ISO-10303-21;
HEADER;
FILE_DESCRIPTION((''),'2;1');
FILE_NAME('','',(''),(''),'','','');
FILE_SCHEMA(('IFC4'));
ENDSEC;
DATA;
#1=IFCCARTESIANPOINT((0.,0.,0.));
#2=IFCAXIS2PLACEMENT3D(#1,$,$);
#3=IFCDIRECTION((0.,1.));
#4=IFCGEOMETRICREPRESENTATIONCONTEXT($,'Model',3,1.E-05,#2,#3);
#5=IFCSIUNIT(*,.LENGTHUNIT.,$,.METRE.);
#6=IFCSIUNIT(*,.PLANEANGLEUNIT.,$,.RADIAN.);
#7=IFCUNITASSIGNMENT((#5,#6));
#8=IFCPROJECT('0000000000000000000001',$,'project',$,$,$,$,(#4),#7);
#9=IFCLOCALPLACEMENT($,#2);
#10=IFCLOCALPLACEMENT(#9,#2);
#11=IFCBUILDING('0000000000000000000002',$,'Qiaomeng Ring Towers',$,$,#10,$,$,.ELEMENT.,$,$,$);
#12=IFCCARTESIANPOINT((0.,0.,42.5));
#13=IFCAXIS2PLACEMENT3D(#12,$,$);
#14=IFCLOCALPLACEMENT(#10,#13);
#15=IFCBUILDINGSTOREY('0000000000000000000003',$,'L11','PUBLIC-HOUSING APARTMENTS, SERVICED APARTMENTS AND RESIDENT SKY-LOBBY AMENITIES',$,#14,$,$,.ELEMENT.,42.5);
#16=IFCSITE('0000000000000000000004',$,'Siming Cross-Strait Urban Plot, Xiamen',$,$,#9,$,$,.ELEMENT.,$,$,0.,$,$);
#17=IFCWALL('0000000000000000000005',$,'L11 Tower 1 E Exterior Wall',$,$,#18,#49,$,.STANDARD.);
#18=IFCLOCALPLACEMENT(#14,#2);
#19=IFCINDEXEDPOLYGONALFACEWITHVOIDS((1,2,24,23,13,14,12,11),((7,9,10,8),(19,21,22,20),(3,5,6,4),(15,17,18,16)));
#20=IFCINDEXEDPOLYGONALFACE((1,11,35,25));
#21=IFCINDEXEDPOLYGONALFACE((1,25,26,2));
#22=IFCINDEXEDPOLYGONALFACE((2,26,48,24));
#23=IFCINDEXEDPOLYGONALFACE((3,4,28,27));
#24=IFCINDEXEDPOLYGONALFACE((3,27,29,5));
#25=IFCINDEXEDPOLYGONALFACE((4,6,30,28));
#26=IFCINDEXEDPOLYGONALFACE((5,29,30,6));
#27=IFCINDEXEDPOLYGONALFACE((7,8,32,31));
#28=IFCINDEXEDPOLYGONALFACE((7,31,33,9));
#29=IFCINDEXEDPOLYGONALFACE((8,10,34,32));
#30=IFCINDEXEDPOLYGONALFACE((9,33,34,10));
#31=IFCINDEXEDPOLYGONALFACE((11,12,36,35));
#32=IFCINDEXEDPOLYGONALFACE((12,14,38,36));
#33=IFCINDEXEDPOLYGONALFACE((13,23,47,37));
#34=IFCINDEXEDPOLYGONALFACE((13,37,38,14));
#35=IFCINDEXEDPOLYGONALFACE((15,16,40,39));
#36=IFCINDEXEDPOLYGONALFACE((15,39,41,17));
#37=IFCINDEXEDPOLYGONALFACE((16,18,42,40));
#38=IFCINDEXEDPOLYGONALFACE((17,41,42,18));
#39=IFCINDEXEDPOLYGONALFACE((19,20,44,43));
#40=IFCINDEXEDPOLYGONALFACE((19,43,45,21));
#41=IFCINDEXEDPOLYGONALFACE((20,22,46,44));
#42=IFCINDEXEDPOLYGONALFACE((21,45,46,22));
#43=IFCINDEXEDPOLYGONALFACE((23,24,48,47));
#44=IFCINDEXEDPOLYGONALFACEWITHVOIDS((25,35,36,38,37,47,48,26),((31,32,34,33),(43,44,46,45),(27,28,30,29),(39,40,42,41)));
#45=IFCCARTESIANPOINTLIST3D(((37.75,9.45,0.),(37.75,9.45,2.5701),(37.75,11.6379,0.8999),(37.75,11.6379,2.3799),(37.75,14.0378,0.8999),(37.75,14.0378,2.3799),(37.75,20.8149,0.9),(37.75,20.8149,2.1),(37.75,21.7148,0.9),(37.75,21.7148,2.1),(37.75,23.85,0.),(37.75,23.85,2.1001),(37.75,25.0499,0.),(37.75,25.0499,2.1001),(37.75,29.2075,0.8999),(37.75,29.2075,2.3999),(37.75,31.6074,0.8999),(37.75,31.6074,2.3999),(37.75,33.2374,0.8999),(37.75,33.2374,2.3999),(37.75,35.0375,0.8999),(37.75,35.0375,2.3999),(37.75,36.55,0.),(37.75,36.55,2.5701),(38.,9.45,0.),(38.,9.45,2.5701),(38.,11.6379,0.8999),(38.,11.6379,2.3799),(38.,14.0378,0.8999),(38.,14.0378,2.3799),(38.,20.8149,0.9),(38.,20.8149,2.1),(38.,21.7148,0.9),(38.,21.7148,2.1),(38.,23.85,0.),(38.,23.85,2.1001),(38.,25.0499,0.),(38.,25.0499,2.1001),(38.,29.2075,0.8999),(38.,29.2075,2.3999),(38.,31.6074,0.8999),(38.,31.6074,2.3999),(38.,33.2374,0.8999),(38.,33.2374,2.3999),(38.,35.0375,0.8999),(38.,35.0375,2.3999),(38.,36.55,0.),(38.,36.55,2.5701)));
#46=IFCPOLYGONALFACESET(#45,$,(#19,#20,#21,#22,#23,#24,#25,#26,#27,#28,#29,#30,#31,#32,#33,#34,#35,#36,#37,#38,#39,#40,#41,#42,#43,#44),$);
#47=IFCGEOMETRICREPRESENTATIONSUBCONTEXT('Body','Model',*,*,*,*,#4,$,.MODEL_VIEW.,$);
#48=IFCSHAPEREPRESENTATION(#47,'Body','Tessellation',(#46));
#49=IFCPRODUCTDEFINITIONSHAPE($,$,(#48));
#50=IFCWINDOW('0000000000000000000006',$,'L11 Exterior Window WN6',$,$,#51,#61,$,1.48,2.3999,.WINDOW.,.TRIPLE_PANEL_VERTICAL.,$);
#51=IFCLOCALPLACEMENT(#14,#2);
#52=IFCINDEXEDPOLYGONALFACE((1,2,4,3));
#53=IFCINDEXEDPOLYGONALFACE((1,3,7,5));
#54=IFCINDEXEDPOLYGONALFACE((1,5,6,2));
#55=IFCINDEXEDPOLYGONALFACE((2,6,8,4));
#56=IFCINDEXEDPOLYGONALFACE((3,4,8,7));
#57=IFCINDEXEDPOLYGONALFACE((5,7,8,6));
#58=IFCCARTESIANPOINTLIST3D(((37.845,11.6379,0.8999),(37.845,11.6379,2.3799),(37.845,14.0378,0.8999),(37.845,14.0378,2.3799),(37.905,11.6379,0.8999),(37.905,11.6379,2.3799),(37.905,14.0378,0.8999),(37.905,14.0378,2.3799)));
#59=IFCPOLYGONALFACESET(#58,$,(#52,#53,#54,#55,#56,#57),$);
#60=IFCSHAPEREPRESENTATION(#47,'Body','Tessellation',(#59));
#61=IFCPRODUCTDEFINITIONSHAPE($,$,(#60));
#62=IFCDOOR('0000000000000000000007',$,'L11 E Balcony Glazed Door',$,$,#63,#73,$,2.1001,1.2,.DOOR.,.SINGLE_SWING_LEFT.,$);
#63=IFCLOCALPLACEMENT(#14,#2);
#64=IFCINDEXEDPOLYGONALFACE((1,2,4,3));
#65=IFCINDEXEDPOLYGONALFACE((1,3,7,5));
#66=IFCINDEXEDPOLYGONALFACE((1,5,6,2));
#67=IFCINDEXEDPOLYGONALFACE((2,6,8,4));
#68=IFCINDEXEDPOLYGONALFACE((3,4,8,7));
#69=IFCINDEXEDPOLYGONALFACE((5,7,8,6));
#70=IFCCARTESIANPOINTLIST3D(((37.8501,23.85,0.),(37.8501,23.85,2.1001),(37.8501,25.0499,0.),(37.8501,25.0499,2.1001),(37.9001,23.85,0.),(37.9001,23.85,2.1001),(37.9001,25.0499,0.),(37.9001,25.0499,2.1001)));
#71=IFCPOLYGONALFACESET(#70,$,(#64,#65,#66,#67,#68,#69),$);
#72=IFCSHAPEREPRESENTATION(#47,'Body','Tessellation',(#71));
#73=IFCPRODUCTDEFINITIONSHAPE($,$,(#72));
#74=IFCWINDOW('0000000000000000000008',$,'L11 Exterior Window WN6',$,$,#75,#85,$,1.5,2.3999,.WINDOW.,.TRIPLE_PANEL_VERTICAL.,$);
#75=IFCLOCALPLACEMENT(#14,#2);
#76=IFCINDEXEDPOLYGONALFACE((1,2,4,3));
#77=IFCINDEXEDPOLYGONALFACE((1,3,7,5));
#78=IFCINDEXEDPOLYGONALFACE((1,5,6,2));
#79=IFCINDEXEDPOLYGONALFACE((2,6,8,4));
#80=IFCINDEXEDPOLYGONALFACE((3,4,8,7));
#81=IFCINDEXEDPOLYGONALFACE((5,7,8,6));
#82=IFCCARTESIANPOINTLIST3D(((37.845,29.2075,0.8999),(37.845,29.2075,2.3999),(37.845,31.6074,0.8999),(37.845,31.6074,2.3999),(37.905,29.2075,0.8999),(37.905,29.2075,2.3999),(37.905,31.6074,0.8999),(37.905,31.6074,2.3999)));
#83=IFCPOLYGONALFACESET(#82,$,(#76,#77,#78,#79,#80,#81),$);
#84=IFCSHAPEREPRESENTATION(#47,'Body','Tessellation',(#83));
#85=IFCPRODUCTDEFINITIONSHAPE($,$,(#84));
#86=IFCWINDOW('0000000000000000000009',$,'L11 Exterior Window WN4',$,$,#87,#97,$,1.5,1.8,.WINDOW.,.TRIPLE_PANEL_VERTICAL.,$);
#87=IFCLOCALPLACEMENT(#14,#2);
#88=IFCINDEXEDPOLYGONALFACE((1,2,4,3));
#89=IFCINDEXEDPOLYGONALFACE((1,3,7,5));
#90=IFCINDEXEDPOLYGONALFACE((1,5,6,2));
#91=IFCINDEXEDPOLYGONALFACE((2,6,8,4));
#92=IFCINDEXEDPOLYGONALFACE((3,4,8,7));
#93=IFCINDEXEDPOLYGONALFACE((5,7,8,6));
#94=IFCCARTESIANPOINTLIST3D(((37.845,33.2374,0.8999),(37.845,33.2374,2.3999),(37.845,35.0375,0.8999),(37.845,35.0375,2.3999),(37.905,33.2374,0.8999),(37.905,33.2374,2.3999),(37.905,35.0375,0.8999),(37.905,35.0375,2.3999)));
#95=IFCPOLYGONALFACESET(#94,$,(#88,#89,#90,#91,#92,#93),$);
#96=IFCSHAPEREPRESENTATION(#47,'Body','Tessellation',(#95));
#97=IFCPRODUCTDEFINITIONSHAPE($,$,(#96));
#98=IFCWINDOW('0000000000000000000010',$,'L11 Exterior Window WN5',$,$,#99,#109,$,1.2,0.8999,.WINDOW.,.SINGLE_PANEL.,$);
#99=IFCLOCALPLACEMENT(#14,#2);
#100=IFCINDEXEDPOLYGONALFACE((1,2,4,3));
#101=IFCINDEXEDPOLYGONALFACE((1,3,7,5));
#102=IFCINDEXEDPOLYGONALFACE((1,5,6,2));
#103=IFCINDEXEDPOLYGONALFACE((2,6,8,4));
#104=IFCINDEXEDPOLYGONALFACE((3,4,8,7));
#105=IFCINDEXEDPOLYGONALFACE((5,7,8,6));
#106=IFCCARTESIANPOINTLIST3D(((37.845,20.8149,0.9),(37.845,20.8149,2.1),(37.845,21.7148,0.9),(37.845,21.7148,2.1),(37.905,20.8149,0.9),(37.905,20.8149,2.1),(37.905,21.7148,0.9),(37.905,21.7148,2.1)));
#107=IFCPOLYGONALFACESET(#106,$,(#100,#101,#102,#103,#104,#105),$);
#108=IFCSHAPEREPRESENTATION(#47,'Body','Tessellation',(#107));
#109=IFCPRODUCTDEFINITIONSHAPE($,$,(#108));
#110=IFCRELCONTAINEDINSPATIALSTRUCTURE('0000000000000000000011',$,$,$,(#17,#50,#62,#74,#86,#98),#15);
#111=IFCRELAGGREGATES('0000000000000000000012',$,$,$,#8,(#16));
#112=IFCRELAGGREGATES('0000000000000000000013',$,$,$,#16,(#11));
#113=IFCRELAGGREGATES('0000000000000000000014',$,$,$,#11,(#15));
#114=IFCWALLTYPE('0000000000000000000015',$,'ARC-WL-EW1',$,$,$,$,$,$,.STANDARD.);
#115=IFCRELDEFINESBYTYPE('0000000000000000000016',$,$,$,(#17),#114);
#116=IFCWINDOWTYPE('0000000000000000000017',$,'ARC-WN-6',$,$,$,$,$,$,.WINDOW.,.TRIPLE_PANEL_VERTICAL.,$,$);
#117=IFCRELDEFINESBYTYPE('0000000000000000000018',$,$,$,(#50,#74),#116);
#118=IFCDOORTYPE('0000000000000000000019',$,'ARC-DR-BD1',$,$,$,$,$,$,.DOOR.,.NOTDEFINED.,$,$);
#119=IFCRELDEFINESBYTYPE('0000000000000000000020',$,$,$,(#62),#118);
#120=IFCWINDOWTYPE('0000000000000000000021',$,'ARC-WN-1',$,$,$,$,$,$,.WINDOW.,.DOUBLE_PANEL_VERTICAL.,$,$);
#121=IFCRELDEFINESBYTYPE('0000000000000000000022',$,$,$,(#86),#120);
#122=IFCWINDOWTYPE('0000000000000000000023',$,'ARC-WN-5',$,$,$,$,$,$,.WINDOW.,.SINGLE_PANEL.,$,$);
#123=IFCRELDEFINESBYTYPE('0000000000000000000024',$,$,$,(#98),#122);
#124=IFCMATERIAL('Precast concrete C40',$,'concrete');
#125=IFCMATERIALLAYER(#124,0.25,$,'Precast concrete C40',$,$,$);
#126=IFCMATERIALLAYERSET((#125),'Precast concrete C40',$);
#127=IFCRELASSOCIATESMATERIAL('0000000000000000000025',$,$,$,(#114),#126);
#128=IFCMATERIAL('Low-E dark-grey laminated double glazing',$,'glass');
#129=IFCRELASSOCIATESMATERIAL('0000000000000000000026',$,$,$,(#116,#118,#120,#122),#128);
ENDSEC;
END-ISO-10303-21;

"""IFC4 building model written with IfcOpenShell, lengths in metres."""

from ifc_helpers import new_model, si_unit, direction, frame, frame_2d, origin, place, context, subcontext, project, spatial, rectangle, extrude, source, transform, mapped, material, layer, layer_set, type_object, element, fill, save


model = new_model("IFC4")

# Units and contexts
model_context = context("Model", 3, precision=1e-05, world=origin(), true_north=direction((0.0, 1.0)))
body_context = subcontext(model_context, "Body", "Model", "MODEL_VIEW")
ifc_project = project(units=[si_unit("LENGTHUNIT", "METRE"), si_unit("PLANEANGLEUNIT", "RADIAN")], contexts=[model_context])

# Site, building, storey
site_placement = place(None, origin())
site = spatial("IfcSite", under=ifc_project, at=site_placement, Name="Siming Cross-Strait Urban Plot, Xiamen", CompositionType="ELEMENT", RefElevation=0.0)
building_placement = place(site_placement, origin())
building = spatial("IfcBuilding", under=site, at=building_placement, Name="Qiaomeng Ring Towers", CompositionType="ELEMENT")
storey_placement = place(building_placement, frame((0.0, 0.0, 42.5)))
storey = spatial("IfcBuildingStorey", under=building, at=storey_placement, Name="L11", Description="PUBLIC-HOUSING APARTMENTS, SERVICED APARTMENTS AND RESIDENT SKY-LOBBY AMENITIES", CompositionType="ELEMENT", Elevation=42.5)

# Shared definitions
ifc_material_1 = material(Name="Low-E dark-grey laminated double glazing", Category="glass")

# Wall, openings, windows, door
ifc_material_2 = material(Name="Precast concrete C40", Category="concrete")
ifc_layer_1 = layer(ifc_material_2, 0.25, Name="Precast concrete C40")
ifc_layer_set_1 = layer_set([ifc_layer_1], Name="Precast concrete C40")
wall_type_1 = type_object("IfcWallType", Name="ARC-WL-EW1", PredefinedType="STANDARD", material=ifc_layer_set_1)
wall_1_placement = place(storey_placement, frame((37.875, 9.45, 0.0), z_axis=(0.0, 0.0, 1.0), x_axis=(0.0, 1.0, 0.0)))
wall_1 = element("IfcWall", 1, at=wall_1_placement, inside=storey, type_object=wall_type_1, Name="L11 Tower 1 E Exterior Wall", PredefinedType="STANDARD", context=body_context, shape_type="SweptSolid", body=[
    extrude(rectangle(XDim=27.1001, YDim=0.25, at=frame_2d((13.55, 0.0))), origin(), (0.0, 0.0, 1.0), 2.5701),
])
opening_1_placement = place(wall_1_placement, frame((14.3999, 0.0, 0.0)))
opening_1 = element("IfcOpeningElement", 2, at=opening_1_placement, cuts=wall_1, PredefinedType="OPENING", context=body_context, shape_type="SweptSolid", body=[
    extrude(rectangle(XDim=1.2, YDim=2.1001, at=frame_2d((0.6001, 1.05))), frame((0.0, 0.135, 0.0), z_axis=(0.0, -1.0, 0.0), x_axis=(1.0, 0.0, 0.0)), (0.0, 0.0, 1.0), 0.27),
])
opening_2_placement = place(wall_1_placement, frame((2.188, 0.0, 0.8999)))
opening_2 = element("IfcOpeningElement", 3, at=opening_2_placement, cuts=wall_1, PredefinedType="OPENING", context=body_context, shape_type="SweptSolid", body=[
    extrude(rectangle(XDim=2.3999, YDim=1.48, at=frame_2d((1.2, 0.74))), frame((0.0, 0.135, 0.0), z_axis=(0.0, -1.0, 0.0), x_axis=(1.0, 0.0, 0.0)), (0.0, 0.0, 1.0), 0.27),
])
opening_3_placement = place(wall_1_placement, frame((23.7876, 0.0, 0.8999)))
opening_3 = element("IfcOpeningElement", 4, at=opening_3_placement, cuts=wall_1, PredefinedType="OPENING", context=body_context, shape_type="SweptSolid", body=[
    extrude(rectangle(XDim=1.8, YDim=1.5, at=frame_2d((0.8999, 0.75))), frame((0.0, 0.135, 0.0), z_axis=(0.0, -1.0, 0.0), x_axis=(1.0, 0.0, 0.0)), (0.0, 0.0, 1.0), 0.27),
])
opening_4_placement = place(wall_1_placement, frame((19.7576, 0.0, 0.8999)))
opening_4 = element("IfcOpeningElement", 5, at=opening_4_placement, cuts=wall_1, PredefinedType="OPENING", context=body_context, shape_type="SweptSolid", body=[
    extrude(rectangle(XDim=2.3999, YDim=1.5, at=frame_2d((1.2, 0.75))), frame((0.0, 0.135, 0.0), z_axis=(0.0, -1.0, 0.0), x_axis=(1.0, 0.0, 0.0)), (0.0, 0.0, 1.0), 0.27),
])
opening_5_placement = place(wall_1_placement, frame((11.365, 0.0, 0.8999)))
opening_5 = element("IfcOpeningElement", 6, at=opening_5_placement, cuts=wall_1, PredefinedType="OPENING", context=body_context, shape_type="SweptSolid", body=[
    extrude(rectangle(XDim=0.8999, YDim=1.2, at=frame_2d((0.45, 0.6001))), frame((0.0, 0.135, 0.0), z_axis=(0.0, -1.0, 0.0), x_axis=(1.0, 0.0, 0.0)), (0.0, 0.0, 1.0), 0.27),
])
window_type_1 = type_object("IfcWindowType", Name="ARC-WN-6", PartitioningType="TRIPLE_PANEL_VERTICAL", PredefinedType="WINDOW", material=ifc_material_1)
shared_shape_1 = source(origin(), body_context, "Body", "SweptSolid", [
    extrude(rectangle(XDim=2.3999, YDim=1.48, at=frame_2d((1.2, 0.74))), frame((0.0, 0.03, 0.0), z_axis=(0.0, -1.0, 0.0), x_axis=(1.0, 0.0, 0.0)), (0.0, 0.0, 1.0), 0.0601),
])
window_1_placement = place(opening_2_placement, origin())
window_1 = element("IfcWindow", 7, at=window_1_placement, inside=storey, type_object=window_type_1, Name="L11 Exterior Window WN6", OverallHeight=1.48, OverallWidth=2.3999, PartitioningType="TRIPLE_PANEL_VERTICAL", PredefinedType="WINDOW", context=body_context, shape_type="MappedRepresentation", body=[
    mapped(shared_shape_1, transform((0.0, 0.0, 0.0), x_axis=(1.0, 0.0, 0.0), y_axis=(0.0, 1.0, 0.0), z_axis=(0.0, 0.0, 1.0), scale=1.0)),
])
fill(opening_2, window_1)
door_type_1 = type_object("IfcDoorType", Name="ARC-DR-BD1", OperationType="NOTDEFINED", PredefinedType="DOOR", material=ifc_material_1)
shared_shape_2 = source(origin(), body_context, "Body", "SweptSolid", [
    extrude(rectangle(XDim=1.2, YDim=2.1001, at=frame_2d((0.6001, 1.05))), frame((0.0, 0.0249, 0.0), z_axis=(0.0, -1.0, 0.0), x_axis=(1.0, 0.0, 0.0)), (0.0, 0.0, 1.0), 0.05),
])
door_1_placement = place(opening_1_placement, origin())
door_1 = element("IfcDoor", 8, at=door_1_placement, inside=storey, type_object=door_type_1, Name="L11 E Balcony Glazed Door", OperationType="SINGLE_SWING_LEFT", OverallHeight=2.1001, OverallWidth=1.2, PredefinedType="DOOR", context=body_context, shape_type="MappedRepresentation", body=[
    mapped(shared_shape_2, transform((0.0, 0.0, 0.0), x_axis=(1.0, 0.0, 0.0), y_axis=(0.0, 1.0, 0.0), z_axis=(0.0, 0.0, 1.0), scale=1.0)),
])
fill(opening_1, door_1)
shared_shape_3 = source(origin(), body_context, "Body", "SweptSolid", [
    extrude(rectangle(XDim=2.3999, YDim=1.5, at=frame_2d((1.2, 0.75))), frame((0.0, 0.03, 0.0), z_axis=(0.0, -1.0, 0.0), x_axis=(1.0, 0.0, 0.0)), (0.0, 0.0, 1.0), 0.0601),
])
window_2_placement = place(opening_4_placement, origin())
window_2 = element("IfcWindow", 9, at=window_2_placement, inside=storey, type_object=window_type_1, Name="L11 Exterior Window WN6", OverallHeight=1.5, OverallWidth=2.3999, PartitioningType="TRIPLE_PANEL_VERTICAL", PredefinedType="WINDOW", context=body_context, shape_type="MappedRepresentation", body=[
    mapped(shared_shape_3, transform((0.0, 0.0, 0.0), x_axis=(1.0, 0.0, 0.0), y_axis=(0.0, 1.0, 0.0), z_axis=(0.0, 0.0, 1.0), scale=1.0)),
])
fill(opening_4, window_2)
window_type_2 = type_object("IfcWindowType", Name="ARC-WN-1", PartitioningType="DOUBLE_PANEL_VERTICAL", PredefinedType="WINDOW", material=ifc_material_1)
shared_shape_4 = source(origin(), body_context, "Body", "SweptSolid", [
    extrude(rectangle(XDim=1.8, YDim=1.5, at=frame_2d((0.8999, 0.75))), frame((0.0, 0.03, 0.0), z_axis=(0.0, -1.0, 0.0), x_axis=(1.0, 0.0, 0.0)), (0.0, 0.0, 1.0), 0.0601),
])
window_3_placement = place(opening_3_placement, origin())
window_3 = element("IfcWindow", 10, at=window_3_placement, inside=storey, type_object=window_type_2, Name="L11 Exterior Window WN4", OverallHeight=1.5, OverallWidth=1.8, PartitioningType="TRIPLE_PANEL_VERTICAL", PredefinedType="WINDOW", context=body_context, shape_type="MappedRepresentation", body=[
    mapped(shared_shape_4, transform((0.0, 0.0, 0.0), x_axis=(1.0, 0.0, 0.0), y_axis=(0.0, 1.0, 0.0), z_axis=(0.0, 0.0, 1.0), scale=1.0)),
])
fill(opening_3, window_3)
window_type_3 = type_object("IfcWindowType", Name="ARC-WN-5", PartitioningType="SINGLE_PANEL", PredefinedType="WINDOW", material=ifc_material_1)
shared_shape_5 = source(origin(), body_context, "Body", "SweptSolid", [
    extrude(rectangle(XDim=0.8999, YDim=1.2, at=frame_2d((0.45, 0.6001))), frame((0.0, 0.03, 0.0), z_axis=(0.0, -1.0, 0.0), x_axis=(1.0, 0.0, 0.0)), (0.0, 0.0, 1.0), 0.0601),
])
window_4_placement = place(opening_5_placement, origin())
window_4 = element("IfcWindow", 11, at=window_4_placement, inside=storey, type_object=window_type_3, Name="L11 Exterior Window WN5", OverallHeight=1.2, OverallWidth=0.8999, PartitioningType="SINGLE_PANEL", PredefinedType="WINDOW", context=body_context, shape_type="MappedRepresentation", body=[
    mapped(shared_shape_5, transform((0.0, 0.0, 0.0), x_axis=(1.0, 0.0, 0.0), y_axis=(0.0, 1.0, 0.0), z_axis=(0.0, 0.0, 1.0), scale=1.0)),
])
fill(opening_5, window_4)

save(model, "model.ifc")
